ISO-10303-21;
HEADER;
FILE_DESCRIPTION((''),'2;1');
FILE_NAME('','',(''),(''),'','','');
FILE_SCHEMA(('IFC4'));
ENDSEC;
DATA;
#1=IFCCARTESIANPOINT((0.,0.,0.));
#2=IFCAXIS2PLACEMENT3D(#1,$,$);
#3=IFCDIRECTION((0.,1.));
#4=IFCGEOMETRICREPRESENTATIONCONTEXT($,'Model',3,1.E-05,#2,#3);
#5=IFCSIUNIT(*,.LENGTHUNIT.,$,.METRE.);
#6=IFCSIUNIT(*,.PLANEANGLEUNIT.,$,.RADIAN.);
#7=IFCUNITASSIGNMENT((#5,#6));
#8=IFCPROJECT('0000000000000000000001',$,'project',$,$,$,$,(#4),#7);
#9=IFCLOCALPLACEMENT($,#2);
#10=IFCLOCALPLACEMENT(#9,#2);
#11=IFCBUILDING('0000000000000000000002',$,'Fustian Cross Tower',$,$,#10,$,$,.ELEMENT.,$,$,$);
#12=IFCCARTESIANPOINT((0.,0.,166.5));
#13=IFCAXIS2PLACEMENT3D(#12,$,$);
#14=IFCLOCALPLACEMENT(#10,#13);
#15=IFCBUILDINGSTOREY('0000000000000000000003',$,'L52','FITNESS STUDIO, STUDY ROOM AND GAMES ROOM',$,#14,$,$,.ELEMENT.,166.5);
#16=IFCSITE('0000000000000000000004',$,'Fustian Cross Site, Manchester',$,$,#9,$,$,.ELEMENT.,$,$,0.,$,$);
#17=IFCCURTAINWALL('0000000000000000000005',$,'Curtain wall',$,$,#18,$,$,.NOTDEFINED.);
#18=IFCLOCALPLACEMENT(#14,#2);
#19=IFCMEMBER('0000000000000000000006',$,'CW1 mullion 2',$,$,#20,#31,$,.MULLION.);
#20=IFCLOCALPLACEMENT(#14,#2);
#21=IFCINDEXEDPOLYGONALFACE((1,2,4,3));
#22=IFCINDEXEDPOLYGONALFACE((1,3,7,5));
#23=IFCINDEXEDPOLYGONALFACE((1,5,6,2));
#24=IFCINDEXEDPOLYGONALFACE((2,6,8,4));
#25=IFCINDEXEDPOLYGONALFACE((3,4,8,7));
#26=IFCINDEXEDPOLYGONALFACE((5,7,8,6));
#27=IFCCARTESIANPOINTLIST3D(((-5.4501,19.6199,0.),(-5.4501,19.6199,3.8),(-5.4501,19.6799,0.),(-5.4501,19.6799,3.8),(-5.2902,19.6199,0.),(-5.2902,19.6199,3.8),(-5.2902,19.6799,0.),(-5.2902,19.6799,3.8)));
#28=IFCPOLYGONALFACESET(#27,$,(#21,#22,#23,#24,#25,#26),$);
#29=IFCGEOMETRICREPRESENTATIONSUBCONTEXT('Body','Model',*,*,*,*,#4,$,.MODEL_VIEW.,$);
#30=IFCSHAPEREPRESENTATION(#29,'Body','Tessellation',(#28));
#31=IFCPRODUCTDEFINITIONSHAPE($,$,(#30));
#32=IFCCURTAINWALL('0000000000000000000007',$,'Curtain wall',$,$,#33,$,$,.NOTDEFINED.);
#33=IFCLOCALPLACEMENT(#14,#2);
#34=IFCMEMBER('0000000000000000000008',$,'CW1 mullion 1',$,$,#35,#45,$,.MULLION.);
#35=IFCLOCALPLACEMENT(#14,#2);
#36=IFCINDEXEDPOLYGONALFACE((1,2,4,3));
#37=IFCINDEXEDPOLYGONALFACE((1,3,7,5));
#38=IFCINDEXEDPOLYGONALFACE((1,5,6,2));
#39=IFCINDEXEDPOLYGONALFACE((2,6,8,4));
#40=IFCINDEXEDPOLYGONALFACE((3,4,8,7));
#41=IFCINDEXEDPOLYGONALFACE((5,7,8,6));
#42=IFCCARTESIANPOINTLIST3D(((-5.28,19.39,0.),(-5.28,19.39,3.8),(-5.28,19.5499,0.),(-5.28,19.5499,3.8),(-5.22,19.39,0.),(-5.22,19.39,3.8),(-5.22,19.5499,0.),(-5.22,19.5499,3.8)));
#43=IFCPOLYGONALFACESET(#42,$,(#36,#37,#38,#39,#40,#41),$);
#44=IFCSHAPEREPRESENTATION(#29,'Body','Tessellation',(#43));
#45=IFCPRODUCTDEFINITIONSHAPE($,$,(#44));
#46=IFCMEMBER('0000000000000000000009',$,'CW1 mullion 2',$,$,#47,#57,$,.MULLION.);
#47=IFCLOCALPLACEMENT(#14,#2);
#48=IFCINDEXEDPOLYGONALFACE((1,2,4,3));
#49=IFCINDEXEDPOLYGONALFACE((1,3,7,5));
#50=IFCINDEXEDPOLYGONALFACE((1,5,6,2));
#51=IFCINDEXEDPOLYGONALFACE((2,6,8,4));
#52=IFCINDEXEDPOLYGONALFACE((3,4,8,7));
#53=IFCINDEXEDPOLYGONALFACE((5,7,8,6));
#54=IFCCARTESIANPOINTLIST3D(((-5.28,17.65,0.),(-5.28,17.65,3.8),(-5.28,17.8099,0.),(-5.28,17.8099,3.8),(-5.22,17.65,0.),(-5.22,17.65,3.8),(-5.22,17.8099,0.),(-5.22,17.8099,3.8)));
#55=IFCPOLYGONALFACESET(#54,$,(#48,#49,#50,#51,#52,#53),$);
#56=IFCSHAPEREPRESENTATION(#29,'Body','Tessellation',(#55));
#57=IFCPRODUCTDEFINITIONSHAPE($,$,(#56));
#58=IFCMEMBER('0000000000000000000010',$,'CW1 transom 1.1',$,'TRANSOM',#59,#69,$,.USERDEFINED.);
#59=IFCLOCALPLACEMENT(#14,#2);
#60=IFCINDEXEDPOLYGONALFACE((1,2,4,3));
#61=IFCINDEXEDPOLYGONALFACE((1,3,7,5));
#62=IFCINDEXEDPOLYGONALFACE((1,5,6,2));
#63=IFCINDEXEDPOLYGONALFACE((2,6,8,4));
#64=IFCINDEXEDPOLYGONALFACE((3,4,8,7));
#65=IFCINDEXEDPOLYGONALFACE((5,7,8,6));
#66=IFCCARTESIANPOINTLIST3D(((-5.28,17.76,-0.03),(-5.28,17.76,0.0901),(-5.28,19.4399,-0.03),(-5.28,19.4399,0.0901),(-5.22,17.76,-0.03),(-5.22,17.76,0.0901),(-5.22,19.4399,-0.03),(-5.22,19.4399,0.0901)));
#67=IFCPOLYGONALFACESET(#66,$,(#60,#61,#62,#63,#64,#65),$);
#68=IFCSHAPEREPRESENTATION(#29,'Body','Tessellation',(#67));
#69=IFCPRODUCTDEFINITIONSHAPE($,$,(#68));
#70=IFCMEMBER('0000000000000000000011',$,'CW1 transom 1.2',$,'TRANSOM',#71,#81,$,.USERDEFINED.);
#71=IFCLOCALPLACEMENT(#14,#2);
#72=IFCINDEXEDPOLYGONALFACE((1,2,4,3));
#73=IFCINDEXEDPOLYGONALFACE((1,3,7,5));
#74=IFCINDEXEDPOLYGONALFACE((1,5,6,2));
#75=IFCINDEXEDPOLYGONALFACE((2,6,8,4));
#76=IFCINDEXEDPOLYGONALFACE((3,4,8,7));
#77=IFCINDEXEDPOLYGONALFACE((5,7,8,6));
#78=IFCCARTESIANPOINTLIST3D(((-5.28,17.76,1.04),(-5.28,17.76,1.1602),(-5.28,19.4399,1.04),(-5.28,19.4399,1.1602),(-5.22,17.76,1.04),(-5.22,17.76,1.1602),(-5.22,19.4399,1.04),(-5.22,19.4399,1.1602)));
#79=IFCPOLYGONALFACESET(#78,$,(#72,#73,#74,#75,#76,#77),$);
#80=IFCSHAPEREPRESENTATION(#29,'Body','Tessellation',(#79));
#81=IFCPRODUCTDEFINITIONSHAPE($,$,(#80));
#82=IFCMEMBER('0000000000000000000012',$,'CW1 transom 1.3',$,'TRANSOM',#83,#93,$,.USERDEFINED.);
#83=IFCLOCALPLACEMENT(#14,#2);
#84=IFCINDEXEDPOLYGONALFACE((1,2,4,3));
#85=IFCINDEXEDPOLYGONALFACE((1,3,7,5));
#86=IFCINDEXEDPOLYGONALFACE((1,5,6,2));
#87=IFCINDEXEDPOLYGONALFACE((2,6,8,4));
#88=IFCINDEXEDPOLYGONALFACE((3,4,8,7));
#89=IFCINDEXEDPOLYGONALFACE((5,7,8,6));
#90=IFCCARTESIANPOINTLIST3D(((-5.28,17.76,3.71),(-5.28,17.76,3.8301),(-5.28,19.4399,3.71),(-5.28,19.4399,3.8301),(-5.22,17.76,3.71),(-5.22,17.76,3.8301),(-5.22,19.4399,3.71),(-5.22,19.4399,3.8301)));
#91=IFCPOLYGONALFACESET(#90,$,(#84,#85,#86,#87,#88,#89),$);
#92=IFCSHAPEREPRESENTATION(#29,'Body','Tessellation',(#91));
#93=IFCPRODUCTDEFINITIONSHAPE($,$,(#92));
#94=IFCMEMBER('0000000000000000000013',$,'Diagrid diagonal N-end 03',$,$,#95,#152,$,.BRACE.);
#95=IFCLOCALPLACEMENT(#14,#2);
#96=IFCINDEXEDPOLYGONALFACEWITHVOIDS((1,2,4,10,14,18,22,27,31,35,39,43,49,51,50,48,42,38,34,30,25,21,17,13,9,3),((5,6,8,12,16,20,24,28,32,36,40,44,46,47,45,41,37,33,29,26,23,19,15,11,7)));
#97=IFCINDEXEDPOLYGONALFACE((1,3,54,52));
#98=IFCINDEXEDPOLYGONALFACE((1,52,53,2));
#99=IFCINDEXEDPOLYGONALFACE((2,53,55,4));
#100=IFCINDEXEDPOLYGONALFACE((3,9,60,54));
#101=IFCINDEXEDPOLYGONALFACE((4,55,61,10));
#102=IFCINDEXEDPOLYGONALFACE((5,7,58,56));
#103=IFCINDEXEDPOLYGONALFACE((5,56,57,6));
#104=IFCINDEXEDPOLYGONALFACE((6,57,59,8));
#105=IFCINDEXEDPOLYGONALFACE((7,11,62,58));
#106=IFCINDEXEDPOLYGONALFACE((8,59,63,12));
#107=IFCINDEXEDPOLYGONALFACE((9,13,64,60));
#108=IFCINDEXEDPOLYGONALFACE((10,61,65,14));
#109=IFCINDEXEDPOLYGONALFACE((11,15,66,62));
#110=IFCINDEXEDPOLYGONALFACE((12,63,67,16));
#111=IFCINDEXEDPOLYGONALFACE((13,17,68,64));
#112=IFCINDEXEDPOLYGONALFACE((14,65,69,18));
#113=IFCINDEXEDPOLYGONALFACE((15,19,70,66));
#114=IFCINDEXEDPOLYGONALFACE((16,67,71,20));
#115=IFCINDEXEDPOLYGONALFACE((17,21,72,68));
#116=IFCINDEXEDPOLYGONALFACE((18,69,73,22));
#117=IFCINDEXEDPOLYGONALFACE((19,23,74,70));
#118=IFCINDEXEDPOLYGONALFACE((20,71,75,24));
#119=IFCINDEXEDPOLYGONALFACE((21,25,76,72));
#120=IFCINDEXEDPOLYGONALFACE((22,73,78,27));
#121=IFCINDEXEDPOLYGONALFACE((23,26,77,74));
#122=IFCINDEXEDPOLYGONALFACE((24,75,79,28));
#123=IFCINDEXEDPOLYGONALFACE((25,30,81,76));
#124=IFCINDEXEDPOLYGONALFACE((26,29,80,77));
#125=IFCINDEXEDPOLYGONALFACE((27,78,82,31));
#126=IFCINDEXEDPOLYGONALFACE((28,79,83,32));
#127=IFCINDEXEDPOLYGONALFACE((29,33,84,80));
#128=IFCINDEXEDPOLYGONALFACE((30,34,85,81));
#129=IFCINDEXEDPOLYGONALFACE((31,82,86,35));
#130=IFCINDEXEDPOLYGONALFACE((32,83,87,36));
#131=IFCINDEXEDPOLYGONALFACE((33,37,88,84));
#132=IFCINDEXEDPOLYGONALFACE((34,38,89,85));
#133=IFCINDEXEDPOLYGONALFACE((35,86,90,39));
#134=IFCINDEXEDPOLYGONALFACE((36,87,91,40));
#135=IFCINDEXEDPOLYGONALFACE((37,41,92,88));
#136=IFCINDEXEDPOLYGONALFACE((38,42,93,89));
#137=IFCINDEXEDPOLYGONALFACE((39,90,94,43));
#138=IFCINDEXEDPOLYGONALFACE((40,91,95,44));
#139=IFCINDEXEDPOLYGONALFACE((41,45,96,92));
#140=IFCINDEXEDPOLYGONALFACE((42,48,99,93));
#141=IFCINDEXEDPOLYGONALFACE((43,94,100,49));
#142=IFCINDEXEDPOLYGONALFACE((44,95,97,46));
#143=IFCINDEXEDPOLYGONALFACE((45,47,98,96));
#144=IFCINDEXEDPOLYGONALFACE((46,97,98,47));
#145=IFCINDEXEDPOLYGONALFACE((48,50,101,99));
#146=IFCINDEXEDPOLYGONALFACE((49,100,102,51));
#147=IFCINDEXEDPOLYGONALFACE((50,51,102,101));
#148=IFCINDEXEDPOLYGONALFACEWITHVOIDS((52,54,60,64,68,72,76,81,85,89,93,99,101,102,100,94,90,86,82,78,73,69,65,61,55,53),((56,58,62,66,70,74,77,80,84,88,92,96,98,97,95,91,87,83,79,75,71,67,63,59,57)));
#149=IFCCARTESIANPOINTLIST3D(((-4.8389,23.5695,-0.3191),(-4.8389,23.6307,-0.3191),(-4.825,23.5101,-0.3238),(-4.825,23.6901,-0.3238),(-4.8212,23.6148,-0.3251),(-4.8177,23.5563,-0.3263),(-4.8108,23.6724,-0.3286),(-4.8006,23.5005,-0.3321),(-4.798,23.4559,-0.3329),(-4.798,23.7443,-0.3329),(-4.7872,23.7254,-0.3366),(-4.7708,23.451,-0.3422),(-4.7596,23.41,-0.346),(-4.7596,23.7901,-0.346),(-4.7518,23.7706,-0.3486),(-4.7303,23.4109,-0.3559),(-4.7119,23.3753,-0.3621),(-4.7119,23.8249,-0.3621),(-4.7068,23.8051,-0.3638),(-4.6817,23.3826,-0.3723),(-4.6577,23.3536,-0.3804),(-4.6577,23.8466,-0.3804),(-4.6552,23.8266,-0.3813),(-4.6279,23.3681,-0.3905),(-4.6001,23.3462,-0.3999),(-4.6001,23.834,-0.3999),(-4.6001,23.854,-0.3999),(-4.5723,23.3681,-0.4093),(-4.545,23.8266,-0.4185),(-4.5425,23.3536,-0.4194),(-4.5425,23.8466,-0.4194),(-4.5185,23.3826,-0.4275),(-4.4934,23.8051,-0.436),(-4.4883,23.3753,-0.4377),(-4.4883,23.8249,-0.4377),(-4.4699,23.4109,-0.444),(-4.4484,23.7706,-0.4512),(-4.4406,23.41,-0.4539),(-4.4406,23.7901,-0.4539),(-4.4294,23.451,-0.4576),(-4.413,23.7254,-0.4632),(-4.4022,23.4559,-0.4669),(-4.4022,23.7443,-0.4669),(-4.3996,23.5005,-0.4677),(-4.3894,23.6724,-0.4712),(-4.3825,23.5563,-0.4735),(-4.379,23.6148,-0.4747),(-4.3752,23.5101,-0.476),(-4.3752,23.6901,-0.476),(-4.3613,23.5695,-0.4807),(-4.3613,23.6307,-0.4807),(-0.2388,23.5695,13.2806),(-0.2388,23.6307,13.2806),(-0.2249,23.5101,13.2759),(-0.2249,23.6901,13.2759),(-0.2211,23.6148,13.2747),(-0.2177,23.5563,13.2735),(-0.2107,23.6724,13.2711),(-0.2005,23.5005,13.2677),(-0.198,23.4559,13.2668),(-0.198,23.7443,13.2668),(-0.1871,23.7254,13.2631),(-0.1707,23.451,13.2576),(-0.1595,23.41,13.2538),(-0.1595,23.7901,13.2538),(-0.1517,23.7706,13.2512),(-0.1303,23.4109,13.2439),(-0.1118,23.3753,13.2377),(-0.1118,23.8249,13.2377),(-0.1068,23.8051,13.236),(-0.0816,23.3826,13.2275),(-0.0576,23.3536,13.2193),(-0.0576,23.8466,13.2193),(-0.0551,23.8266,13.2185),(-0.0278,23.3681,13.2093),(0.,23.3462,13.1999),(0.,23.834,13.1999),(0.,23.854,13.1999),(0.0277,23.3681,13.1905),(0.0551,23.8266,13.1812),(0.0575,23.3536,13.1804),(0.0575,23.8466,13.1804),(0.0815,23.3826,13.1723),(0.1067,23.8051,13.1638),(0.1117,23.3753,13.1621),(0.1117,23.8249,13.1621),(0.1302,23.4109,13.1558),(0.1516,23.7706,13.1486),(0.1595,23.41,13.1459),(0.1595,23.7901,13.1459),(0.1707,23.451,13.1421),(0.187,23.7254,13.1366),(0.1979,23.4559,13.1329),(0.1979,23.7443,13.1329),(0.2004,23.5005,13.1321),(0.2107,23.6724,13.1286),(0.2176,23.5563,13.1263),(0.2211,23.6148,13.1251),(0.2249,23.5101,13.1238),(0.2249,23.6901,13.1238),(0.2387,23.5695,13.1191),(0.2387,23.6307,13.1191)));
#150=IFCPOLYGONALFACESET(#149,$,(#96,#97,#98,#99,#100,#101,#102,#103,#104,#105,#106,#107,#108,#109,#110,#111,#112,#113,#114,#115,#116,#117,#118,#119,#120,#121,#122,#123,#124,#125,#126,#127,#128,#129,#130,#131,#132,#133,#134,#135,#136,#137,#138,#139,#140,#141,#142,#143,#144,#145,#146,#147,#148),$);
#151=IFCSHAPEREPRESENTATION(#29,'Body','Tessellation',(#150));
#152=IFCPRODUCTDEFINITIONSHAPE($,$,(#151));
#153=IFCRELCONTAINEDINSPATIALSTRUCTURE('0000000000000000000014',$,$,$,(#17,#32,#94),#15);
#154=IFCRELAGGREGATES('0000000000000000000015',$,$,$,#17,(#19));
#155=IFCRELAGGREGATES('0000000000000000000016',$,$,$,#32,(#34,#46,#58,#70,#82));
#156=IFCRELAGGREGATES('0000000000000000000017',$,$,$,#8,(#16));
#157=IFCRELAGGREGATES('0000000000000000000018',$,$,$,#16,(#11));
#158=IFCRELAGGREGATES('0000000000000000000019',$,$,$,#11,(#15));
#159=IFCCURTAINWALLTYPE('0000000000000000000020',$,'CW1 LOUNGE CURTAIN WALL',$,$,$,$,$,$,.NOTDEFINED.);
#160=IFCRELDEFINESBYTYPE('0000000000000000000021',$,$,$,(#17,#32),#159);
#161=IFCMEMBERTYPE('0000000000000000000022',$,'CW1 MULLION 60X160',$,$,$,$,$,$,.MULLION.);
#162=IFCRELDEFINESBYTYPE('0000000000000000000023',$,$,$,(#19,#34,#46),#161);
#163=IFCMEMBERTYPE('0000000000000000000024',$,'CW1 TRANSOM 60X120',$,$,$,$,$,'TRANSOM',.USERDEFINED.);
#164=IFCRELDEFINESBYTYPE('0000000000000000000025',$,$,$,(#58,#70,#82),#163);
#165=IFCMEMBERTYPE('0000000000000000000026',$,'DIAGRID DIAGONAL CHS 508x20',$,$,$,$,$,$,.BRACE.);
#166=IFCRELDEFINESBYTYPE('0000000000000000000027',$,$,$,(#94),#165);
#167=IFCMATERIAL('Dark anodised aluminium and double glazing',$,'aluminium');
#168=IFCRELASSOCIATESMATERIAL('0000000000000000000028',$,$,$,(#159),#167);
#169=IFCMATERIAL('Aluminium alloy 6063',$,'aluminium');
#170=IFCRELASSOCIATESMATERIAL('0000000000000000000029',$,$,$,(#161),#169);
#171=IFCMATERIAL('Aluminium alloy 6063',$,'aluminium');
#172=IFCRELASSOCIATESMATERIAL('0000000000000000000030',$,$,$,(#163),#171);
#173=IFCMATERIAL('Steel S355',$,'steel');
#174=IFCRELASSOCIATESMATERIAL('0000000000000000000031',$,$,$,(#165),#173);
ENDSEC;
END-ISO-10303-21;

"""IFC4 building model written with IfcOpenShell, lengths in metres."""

from ifc_helpers import new_model, si_unit, direction, frame, origin, origin_2d, place, context, subcontext, project, spatial, rectangle, hollow_circle, extrude, material, material_profile, profile_set, type_object, element, aggregate, save


model = new_model("IFC4")

# Units and contexts
model_context = context("Model", 3, precision=1e-05, world=origin(), true_north=direction((0.0, 1.0)))
body_context = subcontext(model_context, "Body", "Model", "MODEL_VIEW")
ifc_project = project(units=[si_unit("LENGTHUNIT", "METRE"), si_unit("PLANEANGLEUNIT", "RADIAN")], contexts=[model_context])

# Site, building, storey
site_placement = place(None, origin())
site = spatial("IfcSite", under=ifc_project, at=site_placement, Name="Fustian Cross Site, Manchester", CompositionType="ELEMENT", RefElevation=0.0)
building_placement = place(site_placement, origin())
building = spatial("IfcBuilding", under=site, at=building_placement, Name="Fustian Cross Tower", CompositionType="ELEMENT")
storey_placement = place(building_placement, frame((0.0, 0.0, 166.5)))
storey = spatial("IfcBuildingStorey", under=building, at=storey_placement, Name="L52", Description="FITNESS STUDIO, STUDY ROOM AND GAMES ROOM", CompositionType="ELEMENT", Elevation=166.5)

# Curtain wall, member
ifc_material_1 = material(Name="Dark anodised aluminium and double glazing", Category="aluminium")
curtain_wall_type = type_object("IfcCurtainWallType", Name="CW1 LOUNGE CURTAIN WALL", PredefinedType="NOTDEFINED", material=ifc_material_1)
curtain_wall_1_placement = place(storey_placement, origin())
curtain_wall_1 = element("IfcCurtainWall", 1, at=curtain_wall_1_placement, inside=storey, type_object=curtain_wall_type, Name="Curtain wall", PredefinedType="NOTDEFINED")
ifc_material_2 = material(Name="Aluminium alloy 6063", Category="aluminium")
ifc_material_profile_1 = material_profile(ifc_material_2, rectangle(XDim=0.0601, YDim=0.1599, at=origin_2d()), Name="CW1 MULLION 60X160")
ifc_profile_set_1 = profile_set([ifc_material_profile_1], Name="Aluminium alloy 6063")
member_type_1 = type_object("IfcMemberType", Name="CW1 MULLION 60X160", PredefinedType="MULLION", material=ifc_profile_set_1)
member_1_placement = place(storey_placement, frame((-5.3701, 19.6499, 0.0), z_axis=(0.0, 0.0, 1.0), x_axis=(0.0, -1.0, 0.0)))
member_1 = element("IfcMember", 2, at=member_1_placement, type_object=member_type_1, Name="CW1 mullion 2", PredefinedType="MULLION", context=body_context, shape_type="SweptSolid", body=[
    extrude(rectangle(XDim=0.0601, YDim=0.1599, at=origin_2d()), origin(), (0.0, 0.0, 1.0), 3.8),
])

# Curtain wall, members
curtain_wall_2_placement = place(storey_placement, origin())
curtain_wall_2 = element("IfcCurtainWall", 3, at=curtain_wall_2_placement, inside=storey, type_object=curtain_wall_type, Name="Curtain wall", PredefinedType="NOTDEFINED")
member_2_placement = place(storey_placement, frame((-5.25, 19.47, 0.0), z_axis=(0.0, 0.0, 1.0), x_axis=(1.0, 0.0, 0.0)))
member_2 = element("IfcMember", 4, at=member_2_placement, type_object=member_type_1, Name="CW1 mullion 1", PredefinedType="MULLION", context=body_context, shape_type="SweptSolid", body=[
    extrude(rectangle(XDim=0.0601, YDim=0.1599, at=origin_2d()), origin(), (0.0, 0.0, 1.0), 3.8),
])
member_3_placement = place(storey_placement, frame((-5.25, 17.73, 0.0), z_axis=(0.0, 0.0, 1.0), x_axis=(1.0, 0.0, 0.0)))
member_3 = element("IfcMember", 5, at=member_3_placement, type_object=member_type_1, Name="CW1 mullion 2", PredefinedType="MULLION", context=body_context, shape_type="SweptSolid", body=[
    extrude(rectangle(XDim=0.0601, YDim=0.1599, at=origin_2d()), origin(), (0.0, 0.0, 1.0), 3.8),
])
ifc_material_3 = material(Name="Aluminium alloy 6063", Category="aluminium")
ifc_material_profile_2 = material_profile(ifc_material_3, rectangle(XDim=0.0601, YDim=0.1201, at=origin_2d()), Name="CW1 TRANSOM 60X120")
ifc_profile_set_2 = profile_set([ifc_material_profile_2], Name="Aluminium alloy 6063")
member_type_2 = type_object("IfcMemberType", Name="CW1 TRANSOM 60X120", ElementType="TRANSOM", PredefinedType="USERDEFINED", material=ifc_profile_set_2)
member_4_placement = place(storey_placement, frame((-5.25, 19.4399, 0.03), z_axis=(0.0, -1.0, 0.0), x_axis=(1.0, 0.0, 0.0)))
member_4 = element("IfcMember", 6, at=member_4_placement, type_object=member_type_2, Name="CW1 transom 1.1", ObjectType="TRANSOM", PredefinedType="USERDEFINED", context=body_context, shape_type="SweptSolid", body=[
    extrude(rectangle(XDim=0.0601, YDim=0.1201, at=origin_2d()), origin(), (0.0, 0.0, 1.0), 1.6799),
])
member_5_placement = place(storey_placement, frame((-5.25, 19.4399, 1.1001), z_axis=(0.0, -1.0, 0.0), x_axis=(1.0, 0.0, 0.0)))
member_5 = element("IfcMember", 7, at=member_5_placement, type_object=member_type_2, Name="CW1 transom 1.2", ObjectType="TRANSOM", PredefinedType="USERDEFINED", context=body_context, shape_type="SweptSolid", body=[
    extrude(rectangle(XDim=0.0601, YDim=0.1201, at=origin_2d()), origin(), (0.0, 0.0, 1.0), 1.6799),
])
member_6_placement = place(storey_placement, frame((-5.25, 19.4399, 3.77), z_axis=(0.0, -1.0, 0.0), x_axis=(1.0, 0.0, 0.0)))
member_6 = element("IfcMember", 8, at=member_6_placement, type_object=member_type_2, Name="CW1 transom 1.3", ObjectType="TRANSOM", PredefinedType="USERDEFINED", context=body_context, shape_type="SweptSolid", body=[
    extrude(rectangle(XDim=0.0601, YDim=0.1201, at=origin_2d()), origin(), (0.0, 0.0, 1.0), 1.6799),
])

# Member
ifc_material_4 = material(Name="Steel S355", Category="steel")
ifc_material_profile_3 = material_profile(ifc_material_4, hollow_circle(Radius=0.2539, WallThickness=0.02, at=origin_2d()), Name="CHS 508x20")
ifc_profile_set_3 = profile_set([ifc_material_profile_3], Name="Steel S355")
member_type_3 = type_object("IfcMemberType", Name="DIAGRID DIAGONAL CHS 508x20", PredefinedType="BRACE", material=ifc_profile_set_3)
member_7_placement = place(storey_placement, frame((-4.6001, 23.6001, -0.3999), z_axis=(0.320413, 0.0, 0.947278), x_axis=(0.0, 1.0, 0.0)))
element("IfcMember", 9, at=member_7_placement, inside=storey, type_object=member_type_3, Name="Diagrid diagonal N-end 03", PredefinedType="BRACE", context=body_context, shape_type="SweptSolid", body=[
    extrude(hollow_circle(Radius=0.2539, WallThickness=0.02, at=origin_2d()), origin(), (0.0, 0.0, 1.0), 14.3567),
])

aggregate(curtain_wall_1, [member_1])
aggregate(curtain_wall_2, [member_2, member_3, member_4, member_5, member_6])

save(model, "model.ifc")
